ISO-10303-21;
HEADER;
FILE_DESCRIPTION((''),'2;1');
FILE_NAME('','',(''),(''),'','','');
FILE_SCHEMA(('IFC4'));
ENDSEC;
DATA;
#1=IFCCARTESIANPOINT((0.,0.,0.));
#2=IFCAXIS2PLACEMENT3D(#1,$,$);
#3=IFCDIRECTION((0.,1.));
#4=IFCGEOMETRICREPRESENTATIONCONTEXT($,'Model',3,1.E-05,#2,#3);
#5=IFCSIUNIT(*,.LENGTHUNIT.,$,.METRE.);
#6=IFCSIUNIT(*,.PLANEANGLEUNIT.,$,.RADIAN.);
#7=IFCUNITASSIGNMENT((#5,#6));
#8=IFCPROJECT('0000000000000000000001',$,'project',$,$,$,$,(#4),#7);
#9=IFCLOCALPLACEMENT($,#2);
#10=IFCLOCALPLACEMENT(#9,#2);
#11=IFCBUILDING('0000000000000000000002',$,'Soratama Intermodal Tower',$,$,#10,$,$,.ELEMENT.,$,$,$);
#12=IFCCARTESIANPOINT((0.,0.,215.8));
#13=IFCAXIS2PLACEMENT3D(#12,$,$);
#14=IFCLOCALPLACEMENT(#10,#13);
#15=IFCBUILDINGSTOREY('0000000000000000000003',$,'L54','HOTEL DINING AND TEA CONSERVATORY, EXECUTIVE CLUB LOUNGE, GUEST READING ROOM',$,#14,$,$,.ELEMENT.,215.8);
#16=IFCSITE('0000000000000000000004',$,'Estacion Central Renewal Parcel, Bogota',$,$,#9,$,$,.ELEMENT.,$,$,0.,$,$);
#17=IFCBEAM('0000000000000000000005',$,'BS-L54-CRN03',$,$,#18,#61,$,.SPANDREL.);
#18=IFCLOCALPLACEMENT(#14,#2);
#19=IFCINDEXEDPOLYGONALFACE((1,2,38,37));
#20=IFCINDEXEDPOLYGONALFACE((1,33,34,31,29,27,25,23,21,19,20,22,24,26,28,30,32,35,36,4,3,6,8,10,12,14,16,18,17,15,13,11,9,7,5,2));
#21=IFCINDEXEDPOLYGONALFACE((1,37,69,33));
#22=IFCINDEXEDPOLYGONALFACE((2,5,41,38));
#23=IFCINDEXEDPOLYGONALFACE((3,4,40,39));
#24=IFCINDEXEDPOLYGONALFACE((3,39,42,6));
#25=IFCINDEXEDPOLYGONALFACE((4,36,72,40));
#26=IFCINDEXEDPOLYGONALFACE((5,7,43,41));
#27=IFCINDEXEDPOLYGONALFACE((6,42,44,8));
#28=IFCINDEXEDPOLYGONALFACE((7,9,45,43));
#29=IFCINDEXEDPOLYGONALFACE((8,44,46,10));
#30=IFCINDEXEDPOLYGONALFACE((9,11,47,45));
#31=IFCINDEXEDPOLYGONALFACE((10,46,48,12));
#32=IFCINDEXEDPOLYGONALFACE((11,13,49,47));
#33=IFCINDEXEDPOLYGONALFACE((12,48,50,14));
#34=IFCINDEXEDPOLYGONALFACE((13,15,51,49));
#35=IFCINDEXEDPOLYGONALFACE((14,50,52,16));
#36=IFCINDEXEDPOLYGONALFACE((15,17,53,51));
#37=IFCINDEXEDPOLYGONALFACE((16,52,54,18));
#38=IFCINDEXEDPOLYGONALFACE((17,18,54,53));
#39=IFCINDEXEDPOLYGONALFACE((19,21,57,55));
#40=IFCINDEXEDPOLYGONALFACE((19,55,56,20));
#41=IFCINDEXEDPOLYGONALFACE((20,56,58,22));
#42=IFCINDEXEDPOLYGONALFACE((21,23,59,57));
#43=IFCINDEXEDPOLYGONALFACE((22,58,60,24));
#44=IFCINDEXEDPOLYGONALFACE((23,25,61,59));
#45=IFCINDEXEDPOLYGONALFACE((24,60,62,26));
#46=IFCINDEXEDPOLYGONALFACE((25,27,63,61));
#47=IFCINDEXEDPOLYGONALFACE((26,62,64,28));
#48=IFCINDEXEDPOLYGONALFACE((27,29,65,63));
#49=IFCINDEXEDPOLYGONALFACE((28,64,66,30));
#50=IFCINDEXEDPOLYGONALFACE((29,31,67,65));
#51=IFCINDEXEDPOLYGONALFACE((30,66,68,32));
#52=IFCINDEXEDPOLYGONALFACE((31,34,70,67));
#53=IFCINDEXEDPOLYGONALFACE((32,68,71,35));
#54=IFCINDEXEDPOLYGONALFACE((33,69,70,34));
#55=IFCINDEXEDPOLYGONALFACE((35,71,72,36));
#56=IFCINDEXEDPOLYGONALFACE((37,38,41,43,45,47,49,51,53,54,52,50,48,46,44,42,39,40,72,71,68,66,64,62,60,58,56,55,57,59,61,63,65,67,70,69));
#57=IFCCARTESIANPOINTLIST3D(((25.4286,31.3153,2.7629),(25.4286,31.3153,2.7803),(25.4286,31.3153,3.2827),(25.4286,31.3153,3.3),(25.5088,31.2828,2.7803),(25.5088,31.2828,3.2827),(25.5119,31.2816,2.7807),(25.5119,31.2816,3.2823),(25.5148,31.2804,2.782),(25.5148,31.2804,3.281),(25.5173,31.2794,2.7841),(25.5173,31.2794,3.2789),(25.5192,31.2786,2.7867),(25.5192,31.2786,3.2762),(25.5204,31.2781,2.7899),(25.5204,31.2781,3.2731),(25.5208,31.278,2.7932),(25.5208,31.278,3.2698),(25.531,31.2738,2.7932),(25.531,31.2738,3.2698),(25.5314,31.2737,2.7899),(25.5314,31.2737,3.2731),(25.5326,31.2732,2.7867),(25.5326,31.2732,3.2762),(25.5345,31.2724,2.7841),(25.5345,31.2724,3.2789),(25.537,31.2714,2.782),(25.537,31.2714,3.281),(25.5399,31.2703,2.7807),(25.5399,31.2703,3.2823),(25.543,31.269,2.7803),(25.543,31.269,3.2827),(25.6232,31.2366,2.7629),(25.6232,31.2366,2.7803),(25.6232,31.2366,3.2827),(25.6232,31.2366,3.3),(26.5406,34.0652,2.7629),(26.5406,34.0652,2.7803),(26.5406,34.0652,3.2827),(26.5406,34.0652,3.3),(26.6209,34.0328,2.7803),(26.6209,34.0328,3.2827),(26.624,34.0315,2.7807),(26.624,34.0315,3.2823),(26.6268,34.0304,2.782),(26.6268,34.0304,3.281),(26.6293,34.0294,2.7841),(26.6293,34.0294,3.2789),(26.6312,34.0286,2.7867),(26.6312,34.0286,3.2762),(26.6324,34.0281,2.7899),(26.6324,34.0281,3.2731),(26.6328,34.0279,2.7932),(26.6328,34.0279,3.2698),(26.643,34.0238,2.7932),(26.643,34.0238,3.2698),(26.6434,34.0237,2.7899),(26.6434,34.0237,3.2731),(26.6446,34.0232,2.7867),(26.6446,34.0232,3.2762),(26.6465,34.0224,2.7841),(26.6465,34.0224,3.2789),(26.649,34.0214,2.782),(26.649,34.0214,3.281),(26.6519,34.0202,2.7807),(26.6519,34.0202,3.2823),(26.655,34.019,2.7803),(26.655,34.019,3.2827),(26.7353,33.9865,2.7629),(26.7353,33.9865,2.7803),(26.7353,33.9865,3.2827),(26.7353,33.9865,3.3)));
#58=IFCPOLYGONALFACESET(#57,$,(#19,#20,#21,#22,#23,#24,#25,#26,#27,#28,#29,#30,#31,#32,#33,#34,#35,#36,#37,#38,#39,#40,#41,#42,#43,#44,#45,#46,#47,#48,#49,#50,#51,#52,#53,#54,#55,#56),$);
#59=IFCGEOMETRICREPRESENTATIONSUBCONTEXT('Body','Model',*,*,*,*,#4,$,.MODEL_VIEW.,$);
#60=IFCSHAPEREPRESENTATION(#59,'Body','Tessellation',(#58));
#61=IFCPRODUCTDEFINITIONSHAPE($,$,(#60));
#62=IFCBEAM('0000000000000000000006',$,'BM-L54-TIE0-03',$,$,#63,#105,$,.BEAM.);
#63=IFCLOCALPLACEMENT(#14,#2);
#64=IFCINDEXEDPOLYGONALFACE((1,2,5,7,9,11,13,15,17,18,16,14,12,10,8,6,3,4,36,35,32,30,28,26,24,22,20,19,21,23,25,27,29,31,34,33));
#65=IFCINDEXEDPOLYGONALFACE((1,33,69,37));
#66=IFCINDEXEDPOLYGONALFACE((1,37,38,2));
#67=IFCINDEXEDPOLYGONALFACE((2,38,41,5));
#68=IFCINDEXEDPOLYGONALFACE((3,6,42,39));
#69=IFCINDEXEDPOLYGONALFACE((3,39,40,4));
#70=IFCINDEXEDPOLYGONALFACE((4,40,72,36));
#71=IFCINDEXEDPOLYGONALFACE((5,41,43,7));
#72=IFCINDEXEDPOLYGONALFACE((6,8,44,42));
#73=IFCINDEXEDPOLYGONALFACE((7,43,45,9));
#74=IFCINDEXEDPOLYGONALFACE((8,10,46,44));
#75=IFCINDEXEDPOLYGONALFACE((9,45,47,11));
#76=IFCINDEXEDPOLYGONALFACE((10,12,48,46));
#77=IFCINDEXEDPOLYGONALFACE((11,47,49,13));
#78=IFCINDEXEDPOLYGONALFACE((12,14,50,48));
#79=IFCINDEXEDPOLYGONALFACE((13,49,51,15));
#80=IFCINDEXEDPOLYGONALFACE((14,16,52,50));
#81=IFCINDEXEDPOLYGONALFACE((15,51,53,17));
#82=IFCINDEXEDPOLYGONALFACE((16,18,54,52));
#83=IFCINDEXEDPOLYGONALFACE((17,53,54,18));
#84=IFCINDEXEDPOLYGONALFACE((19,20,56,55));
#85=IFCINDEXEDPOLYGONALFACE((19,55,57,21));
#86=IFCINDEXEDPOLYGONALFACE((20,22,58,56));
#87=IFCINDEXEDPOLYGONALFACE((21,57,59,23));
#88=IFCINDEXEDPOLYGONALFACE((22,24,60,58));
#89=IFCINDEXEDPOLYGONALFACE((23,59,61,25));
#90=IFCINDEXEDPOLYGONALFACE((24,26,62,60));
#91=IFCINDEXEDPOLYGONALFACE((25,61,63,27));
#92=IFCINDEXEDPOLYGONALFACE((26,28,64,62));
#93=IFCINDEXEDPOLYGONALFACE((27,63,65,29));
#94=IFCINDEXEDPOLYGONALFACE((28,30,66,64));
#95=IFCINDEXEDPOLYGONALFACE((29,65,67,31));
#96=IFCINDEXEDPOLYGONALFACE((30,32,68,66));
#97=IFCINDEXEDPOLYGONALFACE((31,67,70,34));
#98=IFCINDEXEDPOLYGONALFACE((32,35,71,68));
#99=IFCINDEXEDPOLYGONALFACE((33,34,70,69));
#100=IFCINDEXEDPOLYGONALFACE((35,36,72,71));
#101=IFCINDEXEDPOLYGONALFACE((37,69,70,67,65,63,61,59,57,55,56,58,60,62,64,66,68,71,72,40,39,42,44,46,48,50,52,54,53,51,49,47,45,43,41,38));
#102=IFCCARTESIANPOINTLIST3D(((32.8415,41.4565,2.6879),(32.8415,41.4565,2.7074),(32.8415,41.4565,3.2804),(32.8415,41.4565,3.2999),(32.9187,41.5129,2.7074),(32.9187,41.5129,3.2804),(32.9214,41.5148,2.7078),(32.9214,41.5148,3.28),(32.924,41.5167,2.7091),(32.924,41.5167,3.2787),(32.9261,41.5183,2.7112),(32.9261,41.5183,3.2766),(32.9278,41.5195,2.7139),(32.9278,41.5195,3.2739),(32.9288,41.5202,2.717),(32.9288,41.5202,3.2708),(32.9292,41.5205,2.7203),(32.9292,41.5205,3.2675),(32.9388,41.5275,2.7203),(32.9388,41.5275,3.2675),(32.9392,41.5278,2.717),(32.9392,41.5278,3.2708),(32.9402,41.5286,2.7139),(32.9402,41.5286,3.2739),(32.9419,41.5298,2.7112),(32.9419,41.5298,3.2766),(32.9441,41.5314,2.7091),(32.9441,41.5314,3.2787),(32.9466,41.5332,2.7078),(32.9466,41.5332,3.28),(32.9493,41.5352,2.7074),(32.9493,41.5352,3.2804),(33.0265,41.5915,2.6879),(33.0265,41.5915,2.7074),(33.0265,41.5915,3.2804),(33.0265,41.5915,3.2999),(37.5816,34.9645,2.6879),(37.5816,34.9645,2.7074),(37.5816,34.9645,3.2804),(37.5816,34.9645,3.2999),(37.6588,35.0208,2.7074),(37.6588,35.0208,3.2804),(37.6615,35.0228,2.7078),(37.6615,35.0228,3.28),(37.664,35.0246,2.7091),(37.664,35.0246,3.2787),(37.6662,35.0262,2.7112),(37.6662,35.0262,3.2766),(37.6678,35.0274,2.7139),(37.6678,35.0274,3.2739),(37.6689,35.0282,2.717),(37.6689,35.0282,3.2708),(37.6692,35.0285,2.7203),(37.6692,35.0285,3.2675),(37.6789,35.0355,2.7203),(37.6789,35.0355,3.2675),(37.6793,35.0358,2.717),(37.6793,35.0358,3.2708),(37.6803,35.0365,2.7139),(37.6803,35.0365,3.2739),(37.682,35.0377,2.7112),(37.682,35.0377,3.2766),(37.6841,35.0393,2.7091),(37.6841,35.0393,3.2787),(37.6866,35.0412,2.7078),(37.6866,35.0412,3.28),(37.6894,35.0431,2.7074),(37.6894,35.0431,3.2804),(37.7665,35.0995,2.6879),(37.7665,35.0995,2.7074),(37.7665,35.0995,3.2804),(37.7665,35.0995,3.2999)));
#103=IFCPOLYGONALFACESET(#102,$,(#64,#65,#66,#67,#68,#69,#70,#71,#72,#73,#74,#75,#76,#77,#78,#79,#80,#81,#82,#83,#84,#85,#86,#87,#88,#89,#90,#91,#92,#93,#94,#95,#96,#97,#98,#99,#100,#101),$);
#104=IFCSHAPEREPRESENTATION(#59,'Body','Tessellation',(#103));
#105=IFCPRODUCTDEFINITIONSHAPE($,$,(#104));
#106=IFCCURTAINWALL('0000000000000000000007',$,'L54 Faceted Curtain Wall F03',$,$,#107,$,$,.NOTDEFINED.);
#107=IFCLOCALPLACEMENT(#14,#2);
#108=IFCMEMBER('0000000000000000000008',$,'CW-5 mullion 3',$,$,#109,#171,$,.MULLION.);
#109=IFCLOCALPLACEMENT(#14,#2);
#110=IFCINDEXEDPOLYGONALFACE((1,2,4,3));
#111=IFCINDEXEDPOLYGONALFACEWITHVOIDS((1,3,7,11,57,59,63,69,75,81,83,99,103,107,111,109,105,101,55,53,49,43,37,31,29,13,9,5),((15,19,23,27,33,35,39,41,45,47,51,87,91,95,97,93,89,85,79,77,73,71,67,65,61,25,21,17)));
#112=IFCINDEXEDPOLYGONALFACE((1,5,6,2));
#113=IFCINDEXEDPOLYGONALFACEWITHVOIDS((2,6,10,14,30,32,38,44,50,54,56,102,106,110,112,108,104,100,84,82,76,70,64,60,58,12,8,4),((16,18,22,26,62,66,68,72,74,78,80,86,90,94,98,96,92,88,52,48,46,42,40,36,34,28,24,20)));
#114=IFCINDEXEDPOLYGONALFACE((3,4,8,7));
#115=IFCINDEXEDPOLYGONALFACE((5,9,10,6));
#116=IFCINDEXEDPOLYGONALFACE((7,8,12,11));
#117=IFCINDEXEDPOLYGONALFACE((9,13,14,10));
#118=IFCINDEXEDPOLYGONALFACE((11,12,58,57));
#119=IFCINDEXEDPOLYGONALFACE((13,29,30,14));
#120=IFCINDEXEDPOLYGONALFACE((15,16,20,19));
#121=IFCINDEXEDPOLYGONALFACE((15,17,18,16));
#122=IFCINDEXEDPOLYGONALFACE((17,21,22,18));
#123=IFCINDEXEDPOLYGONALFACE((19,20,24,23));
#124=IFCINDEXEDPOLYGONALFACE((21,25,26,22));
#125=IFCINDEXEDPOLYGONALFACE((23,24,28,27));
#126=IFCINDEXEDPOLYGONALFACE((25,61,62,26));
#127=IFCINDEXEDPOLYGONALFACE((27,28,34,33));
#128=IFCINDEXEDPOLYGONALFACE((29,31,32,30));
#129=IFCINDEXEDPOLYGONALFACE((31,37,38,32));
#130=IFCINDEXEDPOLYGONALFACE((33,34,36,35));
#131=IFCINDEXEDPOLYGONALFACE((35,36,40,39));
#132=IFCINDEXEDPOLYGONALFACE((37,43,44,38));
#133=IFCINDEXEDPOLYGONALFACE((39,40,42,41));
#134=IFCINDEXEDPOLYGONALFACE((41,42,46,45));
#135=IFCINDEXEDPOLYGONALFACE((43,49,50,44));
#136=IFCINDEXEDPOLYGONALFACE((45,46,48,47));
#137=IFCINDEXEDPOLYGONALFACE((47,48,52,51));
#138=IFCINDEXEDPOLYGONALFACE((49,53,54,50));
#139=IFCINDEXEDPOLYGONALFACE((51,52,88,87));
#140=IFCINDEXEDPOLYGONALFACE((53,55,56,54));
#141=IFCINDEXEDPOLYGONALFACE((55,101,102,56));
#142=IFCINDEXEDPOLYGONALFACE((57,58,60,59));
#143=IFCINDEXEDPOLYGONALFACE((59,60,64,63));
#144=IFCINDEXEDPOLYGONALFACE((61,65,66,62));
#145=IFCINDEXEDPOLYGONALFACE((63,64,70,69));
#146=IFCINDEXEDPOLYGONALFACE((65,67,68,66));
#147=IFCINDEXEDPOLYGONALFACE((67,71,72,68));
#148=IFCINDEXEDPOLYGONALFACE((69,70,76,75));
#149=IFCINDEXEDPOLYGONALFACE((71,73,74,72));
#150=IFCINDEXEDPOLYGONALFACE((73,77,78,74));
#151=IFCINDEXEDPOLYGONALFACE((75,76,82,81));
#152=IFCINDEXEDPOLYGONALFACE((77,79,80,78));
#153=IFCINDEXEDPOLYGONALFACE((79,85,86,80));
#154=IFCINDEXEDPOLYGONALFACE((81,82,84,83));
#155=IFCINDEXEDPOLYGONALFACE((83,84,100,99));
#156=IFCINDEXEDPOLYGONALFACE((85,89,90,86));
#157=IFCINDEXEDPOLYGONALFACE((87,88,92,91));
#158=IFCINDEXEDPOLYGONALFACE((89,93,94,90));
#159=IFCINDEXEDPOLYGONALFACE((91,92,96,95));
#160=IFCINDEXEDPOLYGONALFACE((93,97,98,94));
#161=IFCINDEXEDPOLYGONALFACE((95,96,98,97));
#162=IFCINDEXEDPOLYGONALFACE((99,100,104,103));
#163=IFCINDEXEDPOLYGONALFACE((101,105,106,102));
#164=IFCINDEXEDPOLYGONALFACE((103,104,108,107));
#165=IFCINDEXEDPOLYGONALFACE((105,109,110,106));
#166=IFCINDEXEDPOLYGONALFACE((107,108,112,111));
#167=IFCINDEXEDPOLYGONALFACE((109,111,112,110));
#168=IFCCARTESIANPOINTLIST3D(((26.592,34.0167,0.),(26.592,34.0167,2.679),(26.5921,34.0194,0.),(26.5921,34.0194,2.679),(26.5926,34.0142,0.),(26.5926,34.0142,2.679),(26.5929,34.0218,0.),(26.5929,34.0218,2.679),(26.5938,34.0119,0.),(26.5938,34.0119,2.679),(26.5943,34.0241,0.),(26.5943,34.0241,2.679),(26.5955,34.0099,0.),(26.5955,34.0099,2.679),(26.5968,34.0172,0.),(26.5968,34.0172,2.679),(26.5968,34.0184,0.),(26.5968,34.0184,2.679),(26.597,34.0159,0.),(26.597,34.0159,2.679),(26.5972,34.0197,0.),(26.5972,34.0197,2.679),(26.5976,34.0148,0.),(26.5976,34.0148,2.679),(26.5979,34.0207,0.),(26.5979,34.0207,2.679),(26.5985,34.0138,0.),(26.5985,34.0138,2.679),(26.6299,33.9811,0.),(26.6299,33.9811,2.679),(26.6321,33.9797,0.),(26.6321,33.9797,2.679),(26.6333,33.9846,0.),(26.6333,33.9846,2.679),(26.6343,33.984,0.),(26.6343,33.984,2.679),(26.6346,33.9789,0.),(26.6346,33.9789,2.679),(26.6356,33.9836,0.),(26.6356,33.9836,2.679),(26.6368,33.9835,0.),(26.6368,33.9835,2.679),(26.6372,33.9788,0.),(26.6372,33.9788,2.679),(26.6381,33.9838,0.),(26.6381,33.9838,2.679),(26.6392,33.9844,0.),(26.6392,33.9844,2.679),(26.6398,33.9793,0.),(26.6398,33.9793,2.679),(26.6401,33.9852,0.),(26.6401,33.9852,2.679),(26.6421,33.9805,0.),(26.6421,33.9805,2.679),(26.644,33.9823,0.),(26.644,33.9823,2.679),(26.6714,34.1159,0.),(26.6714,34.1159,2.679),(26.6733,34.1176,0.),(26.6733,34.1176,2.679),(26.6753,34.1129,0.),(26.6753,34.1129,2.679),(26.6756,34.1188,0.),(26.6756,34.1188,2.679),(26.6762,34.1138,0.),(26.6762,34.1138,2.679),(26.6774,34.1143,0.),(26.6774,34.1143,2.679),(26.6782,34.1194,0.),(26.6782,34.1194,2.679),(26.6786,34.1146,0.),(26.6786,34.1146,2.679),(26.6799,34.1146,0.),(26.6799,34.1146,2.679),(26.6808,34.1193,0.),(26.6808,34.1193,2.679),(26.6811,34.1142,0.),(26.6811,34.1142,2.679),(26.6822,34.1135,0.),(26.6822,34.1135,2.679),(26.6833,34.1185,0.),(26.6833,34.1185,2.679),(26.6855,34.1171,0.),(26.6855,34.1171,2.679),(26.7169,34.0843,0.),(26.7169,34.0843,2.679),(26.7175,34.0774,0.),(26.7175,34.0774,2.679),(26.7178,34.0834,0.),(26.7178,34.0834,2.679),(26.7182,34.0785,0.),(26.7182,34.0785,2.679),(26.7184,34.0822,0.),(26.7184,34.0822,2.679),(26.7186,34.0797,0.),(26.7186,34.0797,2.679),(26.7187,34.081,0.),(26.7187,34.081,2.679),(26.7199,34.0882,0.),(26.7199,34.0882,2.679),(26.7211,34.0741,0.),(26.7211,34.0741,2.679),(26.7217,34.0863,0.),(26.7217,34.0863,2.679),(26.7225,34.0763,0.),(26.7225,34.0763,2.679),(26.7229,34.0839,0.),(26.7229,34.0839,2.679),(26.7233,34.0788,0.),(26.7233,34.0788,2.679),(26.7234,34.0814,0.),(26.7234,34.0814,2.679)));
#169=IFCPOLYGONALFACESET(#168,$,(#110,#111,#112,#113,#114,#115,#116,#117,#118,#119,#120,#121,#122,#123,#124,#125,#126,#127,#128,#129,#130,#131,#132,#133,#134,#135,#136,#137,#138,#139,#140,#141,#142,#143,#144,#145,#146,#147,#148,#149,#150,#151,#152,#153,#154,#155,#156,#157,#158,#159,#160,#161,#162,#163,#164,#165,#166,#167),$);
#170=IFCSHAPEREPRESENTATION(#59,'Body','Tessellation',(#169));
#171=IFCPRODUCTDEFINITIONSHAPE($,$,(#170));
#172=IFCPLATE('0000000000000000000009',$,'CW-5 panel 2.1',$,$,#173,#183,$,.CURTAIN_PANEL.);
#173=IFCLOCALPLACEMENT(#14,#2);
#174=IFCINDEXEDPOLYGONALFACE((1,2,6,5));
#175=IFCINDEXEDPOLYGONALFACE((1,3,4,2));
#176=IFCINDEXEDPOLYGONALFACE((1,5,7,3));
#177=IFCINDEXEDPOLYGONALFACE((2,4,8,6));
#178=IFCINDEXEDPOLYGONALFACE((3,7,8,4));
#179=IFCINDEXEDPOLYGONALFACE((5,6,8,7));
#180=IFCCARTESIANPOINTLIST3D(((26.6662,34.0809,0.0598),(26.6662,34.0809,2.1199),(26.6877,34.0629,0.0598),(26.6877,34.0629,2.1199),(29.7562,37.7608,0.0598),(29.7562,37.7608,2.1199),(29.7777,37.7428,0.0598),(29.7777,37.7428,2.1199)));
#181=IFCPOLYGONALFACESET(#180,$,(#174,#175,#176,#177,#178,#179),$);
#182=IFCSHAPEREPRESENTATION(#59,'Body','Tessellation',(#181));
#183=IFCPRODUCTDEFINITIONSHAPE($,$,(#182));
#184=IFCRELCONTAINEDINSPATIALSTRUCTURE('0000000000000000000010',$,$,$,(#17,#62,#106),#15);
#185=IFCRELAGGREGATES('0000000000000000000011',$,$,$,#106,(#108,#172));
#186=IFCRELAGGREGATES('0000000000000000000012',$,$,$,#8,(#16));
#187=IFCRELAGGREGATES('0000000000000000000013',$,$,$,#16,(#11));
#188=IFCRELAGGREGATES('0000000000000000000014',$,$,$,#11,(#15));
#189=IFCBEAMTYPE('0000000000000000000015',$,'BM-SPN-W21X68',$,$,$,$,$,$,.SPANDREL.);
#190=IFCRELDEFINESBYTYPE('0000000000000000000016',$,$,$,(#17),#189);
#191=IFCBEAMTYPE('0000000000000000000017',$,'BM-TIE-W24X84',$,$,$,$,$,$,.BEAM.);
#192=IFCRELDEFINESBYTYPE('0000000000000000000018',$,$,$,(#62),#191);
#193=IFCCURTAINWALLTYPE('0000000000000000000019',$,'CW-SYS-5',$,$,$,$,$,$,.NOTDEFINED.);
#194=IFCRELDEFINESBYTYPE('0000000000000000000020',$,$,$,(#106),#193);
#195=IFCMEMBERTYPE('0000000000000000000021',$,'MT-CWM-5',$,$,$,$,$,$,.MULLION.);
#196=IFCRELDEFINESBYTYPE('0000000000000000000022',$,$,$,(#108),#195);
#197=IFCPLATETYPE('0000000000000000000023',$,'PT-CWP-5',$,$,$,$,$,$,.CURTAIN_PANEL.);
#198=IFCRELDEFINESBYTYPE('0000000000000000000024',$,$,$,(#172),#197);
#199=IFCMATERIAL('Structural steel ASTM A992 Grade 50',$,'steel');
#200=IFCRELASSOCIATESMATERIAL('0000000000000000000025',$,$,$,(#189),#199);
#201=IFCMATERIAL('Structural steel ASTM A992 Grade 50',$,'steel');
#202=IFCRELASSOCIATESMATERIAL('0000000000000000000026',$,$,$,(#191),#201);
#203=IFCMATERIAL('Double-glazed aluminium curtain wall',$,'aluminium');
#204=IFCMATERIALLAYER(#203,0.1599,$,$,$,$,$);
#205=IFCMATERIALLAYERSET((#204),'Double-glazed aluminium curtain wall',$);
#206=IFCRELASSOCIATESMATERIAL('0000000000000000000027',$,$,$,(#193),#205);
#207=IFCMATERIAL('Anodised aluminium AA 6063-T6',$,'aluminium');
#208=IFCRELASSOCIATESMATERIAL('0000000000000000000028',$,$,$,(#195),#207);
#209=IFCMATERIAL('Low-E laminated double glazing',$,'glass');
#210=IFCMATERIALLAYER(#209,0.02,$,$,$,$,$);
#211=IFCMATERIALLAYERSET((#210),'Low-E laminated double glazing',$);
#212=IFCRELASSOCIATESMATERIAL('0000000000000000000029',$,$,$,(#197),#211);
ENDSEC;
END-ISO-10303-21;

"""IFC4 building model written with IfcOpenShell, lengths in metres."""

from ifc_helpers import new_model, si_unit, direction, frame, origin, origin_2d, place, context, subcontext, project, spatial, rectangle, hollow_rectangle, i_section, extrude, material, layer, layer_set, material_profile, profile_set, type_object, element, aggregate, save


model = new_model("IFC4")

# Units and contexts
model_context = context("Model", 3, precision=1e-05, world=origin(), true_north=direction((0.0, 1.0)))
body_context = subcontext(model_context, "Body", "Model", "MODEL_VIEW")
ifc_project = project(units=[si_unit("LENGTHUNIT", "METRE"), si_unit("PLANEANGLEUNIT", "RADIAN")], contexts=[model_context])

# Site, building, storey
site_placement = place(None, origin())
site = spatial("IfcSite", under=ifc_project, at=site_placement, Name="Estacion Central Renewal Parcel, Bogota", CompositionType="ELEMENT", RefElevation=0.0)
building_placement = place(site_placement, origin())
building = spatial("IfcBuilding", under=site, at=building_placement, Name="Soratama Intermodal Tower", CompositionType="ELEMENT")
storey_placement = place(building_placement, frame((0.0, 0.0, 215.8)))
storey = spatial("IfcBuildingStorey", under=building, at=storey_placement, Name="L54", Description="HOTEL DINING AND TEA CONSERVATORY, EXECUTIVE CLUB LOUNGE, GUEST READING ROOM", CompositionType="ELEMENT", Elevation=215.8)

# Beams
ifc_material_1 = material(Name="Structural steel ASTM A992 Grade 50", Category="steel")
ifc_material_profile_1 = material_profile(ifc_material_1, i_section(OverallWidth=0.21, OverallDepth=0.5371, WebThickness=0.011, FlangeThickness=0.0173, FilletRadius=0.0129, at=origin_2d()), Name="W21X68")
ifc_profile_set_1 = profile_set([ifc_material_profile_1], Name="Structural steel ASTM A992 Grade 50")
beam_type_1 = type_object("IfcBeamType", Name="BM-SPN-W21X68", PredefinedType="SPANDREL", material=ifc_profile_set_1)
beam_1_placement = place(storey_placement, frame((26.6379, 34.0259, 3.0315), z_axis=(-0.374893, -0.927068, 0.0), x_axis=(0.927068, -0.374893, 0.0)))
element("IfcBeam", 1, at=beam_1_placement, inside=storey, type_object=beam_type_1, Name="BS-L54-CRN03", PredefinedType="SPANDREL", context=body_context, shape_type="SweptSolid", body=[
    extrude(i_section(OverallWidth=0.21, OverallDepth=0.5371, WebThickness=0.011, FlangeThickness=0.0173, FilletRadius=0.0129, at=origin_2d()), origin(), (0.0, 0.0, 1.0), 2.9663),
])
ifc_material_2 = material(Name="Structural steel ASTM A992 Grade 50", Category="steel")
ifc_material_profile_2 = material_profile(ifc_material_2, i_section(OverallWidth=0.229, OverallDepth=0.6121, WebThickness=0.012, FlangeThickness=0.0195, FilletRadius=0.0129, at=origin_2d()), Name="W24X84")
ifc_profile_set_2 = profile_set([ifc_material_profile_2], Name="Structural steel ASTM A992 Grade 50")
beam_type_2 = type_object("IfcBeamType", Name="BM-TIE-W24X84", PredefinedType="BEAM", material=ifc_profile_set_2)
beam_2_placement = place(storey_placement, frame((37.6741, 35.032, 2.9939), z_axis=(-0.589682, 0.807635, 0.0), x_axis=(-0.807635, -0.589682, 0.0)))
element("IfcBeam", 2, at=beam_2_placement, inside=storey, type_object=beam_type_2, Name="BM-L54-TIE0-03", PredefinedType="BEAM", context=body_context, shape_type="SweptSolid", body=[
    extrude(i_section(OverallWidth=0.229, OverallDepth=0.6121, WebThickness=0.012, FlangeThickness=0.0195, FilletRadius=0.0129, at=origin_2d()), origin(), (0.0, 0.0, 1.0), 8.0383),
])

# Curtain wall, member, plate
ifc_material_3 = material(Name="Double-glazed aluminium curtain wall", Category="aluminium")
ifc_layer_1 = layer(ifc_material_3, 0.1599)
ifc_layer_set_1 = layer_set([ifc_layer_1], Name="Double-glazed aluminium curtain wall")
curtain_wall_type = type_object("IfcCurtainWallType", Name="CW-SYS-5", PredefinedType="NOTDEFINED", material=ifc_layer_set_1)
curtain_wall_placement = place(storey_placement, origin())
curtain_wall = element("IfcCurtainWall", 3, at=curtain_wall_placement, inside=storey, type_object=curtain_wall_type, Name="L54 Faceted Curtain Wall F03", PredefinedType="NOTDEFINED")
ifc_material_4 = material(Name="Anodised aluminium AA 6063-T6", Category="aluminium")
ifc_material_profile_3 = material_profile(ifc_material_4, hollow_rectangle(XDim=0.0649, YDim=0.1399, WallThickness=0.0049, InnerFilletRadius=0.0049, OuterFilletRadius=0.01, at=origin_2d()), Name="CWM140X65X5")
ifc_profile_set_3 = profile_set([ifc_material_profile_3], Name="Anodised aluminium AA 6063-T6")
member_type = type_object("IfcMemberType", Name="MT-CWM-5", PredefinedType="MULLION", material=ifc_profile_set_3)
member_placement = place(storey_placement, frame((26.6577, 34.0491, 0.0), z_axis=(0.0, 0.0, 1.0), x_axis=(0.765823, -0.643051, 0.0)))
member = element("IfcMember", 4, at=member_placement, type_object=member_type, Name="CW-5 mullion 3", PredefinedType="MULLION", context=body_context, shape_type="SweptSolid", body=[
    extrude(hollow_rectangle(XDim=0.0649, YDim=0.1399, WallThickness=0.0049, InnerFilletRadius=0.0049, OuterFilletRadius=0.01, at=origin_2d()), origin(), (0.0, 0.0, 1.0), 2.679),
])
ifc_material_5 = material(Name="Low-E laminated double glazing", Category="glass")
ifc_layer_2 = layer(ifc_material_5, 0.02)
ifc_layer_set_2 = layer_set([ifc_layer_2], Name="Low-E laminated double glazing")
plate_type = type_object("IfcPlateType", Name="PT-CWP-5", PredefinedType="CURTAIN_PANEL", material=ifc_layer_set_2)
plate_1_placement = place(storey_placement, frame((28.2219, 35.9119, 0.0598), z_axis=(0.0, 0.0, 1.0), x_axis=(-0.643051, -0.765823, 0.0)))
plate_1 = element("IfcPlate", 5, at=plate_1_placement, type_object=plate_type, Name="CW-5 panel 2.1", PredefinedType="CURTAIN_PANEL", context=body_context, shape_type="SweptSolid", body=[
    extrude(rectangle(XDim=4.8052, YDim=0.0281, at=origin_2d()), origin(), (0.0, 0.0, 1.0), 2.0601),
])
aggregate(curtain_wall, [member, plate_1])

save(model, "model.ifc")
